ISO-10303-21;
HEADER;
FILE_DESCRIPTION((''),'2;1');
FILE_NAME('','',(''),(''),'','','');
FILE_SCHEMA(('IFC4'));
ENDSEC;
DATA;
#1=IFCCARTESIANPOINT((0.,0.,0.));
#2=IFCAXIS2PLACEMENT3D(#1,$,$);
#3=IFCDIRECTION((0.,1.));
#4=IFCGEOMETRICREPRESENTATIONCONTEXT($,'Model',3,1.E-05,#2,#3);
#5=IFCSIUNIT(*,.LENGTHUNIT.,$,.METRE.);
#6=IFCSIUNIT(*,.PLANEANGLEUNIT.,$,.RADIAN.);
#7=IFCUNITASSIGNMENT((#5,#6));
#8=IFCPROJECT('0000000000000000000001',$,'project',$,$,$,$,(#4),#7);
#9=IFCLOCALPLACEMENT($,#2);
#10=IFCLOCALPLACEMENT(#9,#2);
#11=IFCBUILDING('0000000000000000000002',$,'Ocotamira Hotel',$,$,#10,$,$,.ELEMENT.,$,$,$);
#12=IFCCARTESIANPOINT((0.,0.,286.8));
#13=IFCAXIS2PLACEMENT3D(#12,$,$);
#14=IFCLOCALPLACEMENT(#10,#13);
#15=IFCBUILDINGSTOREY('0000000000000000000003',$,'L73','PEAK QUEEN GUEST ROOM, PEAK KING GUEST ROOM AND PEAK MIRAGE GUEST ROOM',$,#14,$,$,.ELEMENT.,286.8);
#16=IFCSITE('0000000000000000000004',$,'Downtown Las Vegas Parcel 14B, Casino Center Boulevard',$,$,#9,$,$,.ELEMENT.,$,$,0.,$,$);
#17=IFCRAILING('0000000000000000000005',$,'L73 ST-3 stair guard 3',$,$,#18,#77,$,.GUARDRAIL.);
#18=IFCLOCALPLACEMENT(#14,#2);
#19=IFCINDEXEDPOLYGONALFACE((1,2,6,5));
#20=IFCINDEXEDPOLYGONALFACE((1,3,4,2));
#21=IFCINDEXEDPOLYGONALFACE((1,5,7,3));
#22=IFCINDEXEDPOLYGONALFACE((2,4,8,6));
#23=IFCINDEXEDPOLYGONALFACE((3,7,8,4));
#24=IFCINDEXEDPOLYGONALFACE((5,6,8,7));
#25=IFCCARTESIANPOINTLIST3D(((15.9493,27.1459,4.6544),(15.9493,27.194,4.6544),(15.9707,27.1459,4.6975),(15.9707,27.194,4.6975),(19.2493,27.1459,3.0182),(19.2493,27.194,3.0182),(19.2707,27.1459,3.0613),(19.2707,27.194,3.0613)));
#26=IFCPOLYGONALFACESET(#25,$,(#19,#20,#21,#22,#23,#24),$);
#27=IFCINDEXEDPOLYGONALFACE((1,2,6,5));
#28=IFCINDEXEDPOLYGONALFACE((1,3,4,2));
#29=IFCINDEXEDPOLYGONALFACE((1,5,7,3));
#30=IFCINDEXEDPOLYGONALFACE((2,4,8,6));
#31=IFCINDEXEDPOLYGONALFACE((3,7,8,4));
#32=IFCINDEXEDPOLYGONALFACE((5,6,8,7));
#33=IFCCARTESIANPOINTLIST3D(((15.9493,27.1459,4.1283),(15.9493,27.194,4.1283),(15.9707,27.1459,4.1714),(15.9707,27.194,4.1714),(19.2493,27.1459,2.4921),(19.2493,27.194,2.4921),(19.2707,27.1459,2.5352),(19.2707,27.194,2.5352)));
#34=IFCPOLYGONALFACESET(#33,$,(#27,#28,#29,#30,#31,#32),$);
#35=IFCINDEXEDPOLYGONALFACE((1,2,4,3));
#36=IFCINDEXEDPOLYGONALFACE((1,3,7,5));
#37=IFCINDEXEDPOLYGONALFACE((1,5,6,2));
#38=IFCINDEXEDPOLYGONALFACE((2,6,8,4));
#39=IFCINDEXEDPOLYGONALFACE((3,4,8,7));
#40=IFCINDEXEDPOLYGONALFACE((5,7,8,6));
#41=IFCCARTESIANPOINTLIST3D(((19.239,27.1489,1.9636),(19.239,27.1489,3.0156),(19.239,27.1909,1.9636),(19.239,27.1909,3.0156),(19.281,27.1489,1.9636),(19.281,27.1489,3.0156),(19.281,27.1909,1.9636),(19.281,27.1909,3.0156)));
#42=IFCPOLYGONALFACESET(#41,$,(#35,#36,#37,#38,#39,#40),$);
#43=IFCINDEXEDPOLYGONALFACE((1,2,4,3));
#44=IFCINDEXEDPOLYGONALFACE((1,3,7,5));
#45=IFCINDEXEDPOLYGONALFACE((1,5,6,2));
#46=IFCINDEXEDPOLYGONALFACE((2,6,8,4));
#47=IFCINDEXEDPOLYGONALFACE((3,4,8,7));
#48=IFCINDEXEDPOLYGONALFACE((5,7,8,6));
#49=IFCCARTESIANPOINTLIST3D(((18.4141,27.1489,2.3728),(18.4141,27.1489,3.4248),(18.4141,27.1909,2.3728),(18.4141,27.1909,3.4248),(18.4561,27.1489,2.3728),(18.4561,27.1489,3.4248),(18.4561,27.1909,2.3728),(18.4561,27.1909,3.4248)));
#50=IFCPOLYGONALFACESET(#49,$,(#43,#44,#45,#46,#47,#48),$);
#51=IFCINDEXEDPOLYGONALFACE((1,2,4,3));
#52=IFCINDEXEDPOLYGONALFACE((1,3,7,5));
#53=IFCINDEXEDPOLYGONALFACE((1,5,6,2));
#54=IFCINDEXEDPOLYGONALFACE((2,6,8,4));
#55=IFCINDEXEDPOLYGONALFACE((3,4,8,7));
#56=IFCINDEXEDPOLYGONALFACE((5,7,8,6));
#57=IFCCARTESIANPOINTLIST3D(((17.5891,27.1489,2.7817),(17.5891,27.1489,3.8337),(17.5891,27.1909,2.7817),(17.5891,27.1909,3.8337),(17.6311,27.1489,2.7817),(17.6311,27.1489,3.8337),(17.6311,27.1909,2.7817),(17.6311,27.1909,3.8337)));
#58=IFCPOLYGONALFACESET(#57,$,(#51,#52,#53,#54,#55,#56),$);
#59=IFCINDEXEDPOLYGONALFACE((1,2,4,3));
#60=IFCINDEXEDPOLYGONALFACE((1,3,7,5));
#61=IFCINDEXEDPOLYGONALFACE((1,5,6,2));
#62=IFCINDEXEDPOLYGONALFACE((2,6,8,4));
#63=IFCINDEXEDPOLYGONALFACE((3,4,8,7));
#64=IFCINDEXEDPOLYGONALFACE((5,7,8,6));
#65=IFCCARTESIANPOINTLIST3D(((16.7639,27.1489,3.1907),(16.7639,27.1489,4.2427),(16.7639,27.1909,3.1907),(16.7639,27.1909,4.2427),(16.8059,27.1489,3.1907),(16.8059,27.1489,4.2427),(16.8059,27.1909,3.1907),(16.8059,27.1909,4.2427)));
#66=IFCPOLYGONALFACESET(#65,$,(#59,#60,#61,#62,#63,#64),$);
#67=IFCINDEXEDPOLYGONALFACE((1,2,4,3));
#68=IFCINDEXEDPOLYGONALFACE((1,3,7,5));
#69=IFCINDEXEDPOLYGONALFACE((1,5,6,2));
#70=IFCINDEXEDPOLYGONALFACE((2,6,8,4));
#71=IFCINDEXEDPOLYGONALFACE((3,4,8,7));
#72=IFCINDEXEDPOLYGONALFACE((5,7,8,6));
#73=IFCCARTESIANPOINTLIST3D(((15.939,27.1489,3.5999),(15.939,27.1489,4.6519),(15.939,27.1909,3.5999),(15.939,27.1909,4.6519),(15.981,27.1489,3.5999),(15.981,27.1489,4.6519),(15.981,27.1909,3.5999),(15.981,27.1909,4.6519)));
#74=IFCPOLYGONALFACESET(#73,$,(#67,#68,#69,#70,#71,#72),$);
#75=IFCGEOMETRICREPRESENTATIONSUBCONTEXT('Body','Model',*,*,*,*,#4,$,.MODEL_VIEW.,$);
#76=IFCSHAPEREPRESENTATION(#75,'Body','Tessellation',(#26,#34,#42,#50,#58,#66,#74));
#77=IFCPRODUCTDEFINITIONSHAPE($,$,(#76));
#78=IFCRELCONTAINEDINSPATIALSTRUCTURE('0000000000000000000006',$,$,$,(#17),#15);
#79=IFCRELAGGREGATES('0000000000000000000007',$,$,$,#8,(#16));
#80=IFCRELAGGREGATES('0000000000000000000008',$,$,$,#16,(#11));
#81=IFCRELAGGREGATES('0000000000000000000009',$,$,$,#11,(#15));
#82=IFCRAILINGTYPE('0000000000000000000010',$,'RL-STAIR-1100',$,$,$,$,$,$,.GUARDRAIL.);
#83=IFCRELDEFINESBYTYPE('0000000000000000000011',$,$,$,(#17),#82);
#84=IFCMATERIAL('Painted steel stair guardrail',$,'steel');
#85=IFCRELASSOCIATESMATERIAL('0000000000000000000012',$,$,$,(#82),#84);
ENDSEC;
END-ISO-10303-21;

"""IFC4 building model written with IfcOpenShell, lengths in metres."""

from ifc_helpers import new_model, si_unit, direction, frame, origin, origin_2d, place, context, subcontext, project, spatial, rectangle, extrude, material, type_object, element, save


model = new_model("IFC4")

# Units and contexts
model_context = context("Model", 3, precision=1e-05, world=origin(), true_north=direction((0.0, 1.0)))
body_context = subcontext(model_context, "Body", "Model", "MODEL_VIEW")
ifc_project = project(units=[si_unit("LENGTHUNIT", "METRE"), si_unit("PLANEANGLEUNIT", "RADIAN")], contexts=[model_context])

# Site, building, storey
site_placement = place(None, origin())
site = spatial("IfcSite", under=ifc_project, at=site_placement, Name="Downtown Las Vegas Parcel 14B, Casino Center Boulevard", CompositionType="ELEMENT", RefElevation=0.0)
building_placement = place(site_placement, origin())
building = spatial("IfcBuilding", under=site, at=building_placement, Name="Ocotamira Hotel", CompositionType="ELEMENT")
storey_placement = place(building_placement, frame((0.0, 0.0, 286.8)))
storey = spatial("IfcBuildingStorey", under=building, at=storey_placement, Name="L73", Description="PEAK QUEEN GUEST ROOM, PEAK KING GUEST ROOM AND PEAK MIRAGE GUEST ROOM", CompositionType="ELEMENT", Elevation=286.8)

# Railing
ifc_material_1 = material(Name="Painted steel stair guardrail", Category="steel")
railing_type_1 = type_object("IfcRailingType", Name="RL-STAIR-1100", PredefinedType="GUARDRAIL", material=ifc_material_1)
railing_1_placement = place(storey_placement, frame((19.26, 27.1699, 1.9636)))
element("IfcRailing", 1, at=railing_1_placement, inside=storey, type_object=railing_type_1, Name="L73 ST-3 stair guard 3", PredefinedType="GUARDRAIL", context=body_context, shape_type="SweptSolid", body=[
    extrude(rectangle(XDim=0.0481, YDim=0.0481, at=origin_2d()), frame((0.0, 0.0, 1.0762), z_axis=(-0.89592, 0.0, 0.444215), x_axis=(0.0, -1.0, 0.0)), (0.0, 0.0, 1.0), 3.6833),
    extrude(rectangle(XDim=0.0481, YDim=0.0481, at=origin_2d()), frame((0.0, 0.0, 0.55), z_axis=(-0.89592, 0.0, 0.444215), x_axis=(0.0, -1.0, 0.0)), (0.0, 0.0, 1.0), 3.6833),
    extrude(rectangle(XDim=0.042, YDim=0.042, at=origin_2d()), origin(), (0.0, 0.0, 1.0), 1.052),
    extrude(rectangle(XDim=0.042, YDim=0.042, at=origin_2d()), frame((-0.825, 0.0, 0.4092)), (0.0, 0.0, 1.0), 1.052),
    extrude(rectangle(XDim=0.042, YDim=0.042, at=origin_2d()), frame((-1.6499, 0.0, 0.8181)), (0.0, 0.0, 1.0), 1.052),
    extrude(rectangle(XDim=0.042, YDim=0.042, at=origin_2d()), frame((-2.4751, 0.0, 1.2271)), (0.0, 0.0, 1.0), 1.052),
    extrude(rectangle(XDim=0.042, YDim=0.042, at=origin_2d()), frame((-3.3, 0.0, 1.6362)), (0.0, 0.0, 1.0), 1.052),
])

save(model, "model.ifc")
